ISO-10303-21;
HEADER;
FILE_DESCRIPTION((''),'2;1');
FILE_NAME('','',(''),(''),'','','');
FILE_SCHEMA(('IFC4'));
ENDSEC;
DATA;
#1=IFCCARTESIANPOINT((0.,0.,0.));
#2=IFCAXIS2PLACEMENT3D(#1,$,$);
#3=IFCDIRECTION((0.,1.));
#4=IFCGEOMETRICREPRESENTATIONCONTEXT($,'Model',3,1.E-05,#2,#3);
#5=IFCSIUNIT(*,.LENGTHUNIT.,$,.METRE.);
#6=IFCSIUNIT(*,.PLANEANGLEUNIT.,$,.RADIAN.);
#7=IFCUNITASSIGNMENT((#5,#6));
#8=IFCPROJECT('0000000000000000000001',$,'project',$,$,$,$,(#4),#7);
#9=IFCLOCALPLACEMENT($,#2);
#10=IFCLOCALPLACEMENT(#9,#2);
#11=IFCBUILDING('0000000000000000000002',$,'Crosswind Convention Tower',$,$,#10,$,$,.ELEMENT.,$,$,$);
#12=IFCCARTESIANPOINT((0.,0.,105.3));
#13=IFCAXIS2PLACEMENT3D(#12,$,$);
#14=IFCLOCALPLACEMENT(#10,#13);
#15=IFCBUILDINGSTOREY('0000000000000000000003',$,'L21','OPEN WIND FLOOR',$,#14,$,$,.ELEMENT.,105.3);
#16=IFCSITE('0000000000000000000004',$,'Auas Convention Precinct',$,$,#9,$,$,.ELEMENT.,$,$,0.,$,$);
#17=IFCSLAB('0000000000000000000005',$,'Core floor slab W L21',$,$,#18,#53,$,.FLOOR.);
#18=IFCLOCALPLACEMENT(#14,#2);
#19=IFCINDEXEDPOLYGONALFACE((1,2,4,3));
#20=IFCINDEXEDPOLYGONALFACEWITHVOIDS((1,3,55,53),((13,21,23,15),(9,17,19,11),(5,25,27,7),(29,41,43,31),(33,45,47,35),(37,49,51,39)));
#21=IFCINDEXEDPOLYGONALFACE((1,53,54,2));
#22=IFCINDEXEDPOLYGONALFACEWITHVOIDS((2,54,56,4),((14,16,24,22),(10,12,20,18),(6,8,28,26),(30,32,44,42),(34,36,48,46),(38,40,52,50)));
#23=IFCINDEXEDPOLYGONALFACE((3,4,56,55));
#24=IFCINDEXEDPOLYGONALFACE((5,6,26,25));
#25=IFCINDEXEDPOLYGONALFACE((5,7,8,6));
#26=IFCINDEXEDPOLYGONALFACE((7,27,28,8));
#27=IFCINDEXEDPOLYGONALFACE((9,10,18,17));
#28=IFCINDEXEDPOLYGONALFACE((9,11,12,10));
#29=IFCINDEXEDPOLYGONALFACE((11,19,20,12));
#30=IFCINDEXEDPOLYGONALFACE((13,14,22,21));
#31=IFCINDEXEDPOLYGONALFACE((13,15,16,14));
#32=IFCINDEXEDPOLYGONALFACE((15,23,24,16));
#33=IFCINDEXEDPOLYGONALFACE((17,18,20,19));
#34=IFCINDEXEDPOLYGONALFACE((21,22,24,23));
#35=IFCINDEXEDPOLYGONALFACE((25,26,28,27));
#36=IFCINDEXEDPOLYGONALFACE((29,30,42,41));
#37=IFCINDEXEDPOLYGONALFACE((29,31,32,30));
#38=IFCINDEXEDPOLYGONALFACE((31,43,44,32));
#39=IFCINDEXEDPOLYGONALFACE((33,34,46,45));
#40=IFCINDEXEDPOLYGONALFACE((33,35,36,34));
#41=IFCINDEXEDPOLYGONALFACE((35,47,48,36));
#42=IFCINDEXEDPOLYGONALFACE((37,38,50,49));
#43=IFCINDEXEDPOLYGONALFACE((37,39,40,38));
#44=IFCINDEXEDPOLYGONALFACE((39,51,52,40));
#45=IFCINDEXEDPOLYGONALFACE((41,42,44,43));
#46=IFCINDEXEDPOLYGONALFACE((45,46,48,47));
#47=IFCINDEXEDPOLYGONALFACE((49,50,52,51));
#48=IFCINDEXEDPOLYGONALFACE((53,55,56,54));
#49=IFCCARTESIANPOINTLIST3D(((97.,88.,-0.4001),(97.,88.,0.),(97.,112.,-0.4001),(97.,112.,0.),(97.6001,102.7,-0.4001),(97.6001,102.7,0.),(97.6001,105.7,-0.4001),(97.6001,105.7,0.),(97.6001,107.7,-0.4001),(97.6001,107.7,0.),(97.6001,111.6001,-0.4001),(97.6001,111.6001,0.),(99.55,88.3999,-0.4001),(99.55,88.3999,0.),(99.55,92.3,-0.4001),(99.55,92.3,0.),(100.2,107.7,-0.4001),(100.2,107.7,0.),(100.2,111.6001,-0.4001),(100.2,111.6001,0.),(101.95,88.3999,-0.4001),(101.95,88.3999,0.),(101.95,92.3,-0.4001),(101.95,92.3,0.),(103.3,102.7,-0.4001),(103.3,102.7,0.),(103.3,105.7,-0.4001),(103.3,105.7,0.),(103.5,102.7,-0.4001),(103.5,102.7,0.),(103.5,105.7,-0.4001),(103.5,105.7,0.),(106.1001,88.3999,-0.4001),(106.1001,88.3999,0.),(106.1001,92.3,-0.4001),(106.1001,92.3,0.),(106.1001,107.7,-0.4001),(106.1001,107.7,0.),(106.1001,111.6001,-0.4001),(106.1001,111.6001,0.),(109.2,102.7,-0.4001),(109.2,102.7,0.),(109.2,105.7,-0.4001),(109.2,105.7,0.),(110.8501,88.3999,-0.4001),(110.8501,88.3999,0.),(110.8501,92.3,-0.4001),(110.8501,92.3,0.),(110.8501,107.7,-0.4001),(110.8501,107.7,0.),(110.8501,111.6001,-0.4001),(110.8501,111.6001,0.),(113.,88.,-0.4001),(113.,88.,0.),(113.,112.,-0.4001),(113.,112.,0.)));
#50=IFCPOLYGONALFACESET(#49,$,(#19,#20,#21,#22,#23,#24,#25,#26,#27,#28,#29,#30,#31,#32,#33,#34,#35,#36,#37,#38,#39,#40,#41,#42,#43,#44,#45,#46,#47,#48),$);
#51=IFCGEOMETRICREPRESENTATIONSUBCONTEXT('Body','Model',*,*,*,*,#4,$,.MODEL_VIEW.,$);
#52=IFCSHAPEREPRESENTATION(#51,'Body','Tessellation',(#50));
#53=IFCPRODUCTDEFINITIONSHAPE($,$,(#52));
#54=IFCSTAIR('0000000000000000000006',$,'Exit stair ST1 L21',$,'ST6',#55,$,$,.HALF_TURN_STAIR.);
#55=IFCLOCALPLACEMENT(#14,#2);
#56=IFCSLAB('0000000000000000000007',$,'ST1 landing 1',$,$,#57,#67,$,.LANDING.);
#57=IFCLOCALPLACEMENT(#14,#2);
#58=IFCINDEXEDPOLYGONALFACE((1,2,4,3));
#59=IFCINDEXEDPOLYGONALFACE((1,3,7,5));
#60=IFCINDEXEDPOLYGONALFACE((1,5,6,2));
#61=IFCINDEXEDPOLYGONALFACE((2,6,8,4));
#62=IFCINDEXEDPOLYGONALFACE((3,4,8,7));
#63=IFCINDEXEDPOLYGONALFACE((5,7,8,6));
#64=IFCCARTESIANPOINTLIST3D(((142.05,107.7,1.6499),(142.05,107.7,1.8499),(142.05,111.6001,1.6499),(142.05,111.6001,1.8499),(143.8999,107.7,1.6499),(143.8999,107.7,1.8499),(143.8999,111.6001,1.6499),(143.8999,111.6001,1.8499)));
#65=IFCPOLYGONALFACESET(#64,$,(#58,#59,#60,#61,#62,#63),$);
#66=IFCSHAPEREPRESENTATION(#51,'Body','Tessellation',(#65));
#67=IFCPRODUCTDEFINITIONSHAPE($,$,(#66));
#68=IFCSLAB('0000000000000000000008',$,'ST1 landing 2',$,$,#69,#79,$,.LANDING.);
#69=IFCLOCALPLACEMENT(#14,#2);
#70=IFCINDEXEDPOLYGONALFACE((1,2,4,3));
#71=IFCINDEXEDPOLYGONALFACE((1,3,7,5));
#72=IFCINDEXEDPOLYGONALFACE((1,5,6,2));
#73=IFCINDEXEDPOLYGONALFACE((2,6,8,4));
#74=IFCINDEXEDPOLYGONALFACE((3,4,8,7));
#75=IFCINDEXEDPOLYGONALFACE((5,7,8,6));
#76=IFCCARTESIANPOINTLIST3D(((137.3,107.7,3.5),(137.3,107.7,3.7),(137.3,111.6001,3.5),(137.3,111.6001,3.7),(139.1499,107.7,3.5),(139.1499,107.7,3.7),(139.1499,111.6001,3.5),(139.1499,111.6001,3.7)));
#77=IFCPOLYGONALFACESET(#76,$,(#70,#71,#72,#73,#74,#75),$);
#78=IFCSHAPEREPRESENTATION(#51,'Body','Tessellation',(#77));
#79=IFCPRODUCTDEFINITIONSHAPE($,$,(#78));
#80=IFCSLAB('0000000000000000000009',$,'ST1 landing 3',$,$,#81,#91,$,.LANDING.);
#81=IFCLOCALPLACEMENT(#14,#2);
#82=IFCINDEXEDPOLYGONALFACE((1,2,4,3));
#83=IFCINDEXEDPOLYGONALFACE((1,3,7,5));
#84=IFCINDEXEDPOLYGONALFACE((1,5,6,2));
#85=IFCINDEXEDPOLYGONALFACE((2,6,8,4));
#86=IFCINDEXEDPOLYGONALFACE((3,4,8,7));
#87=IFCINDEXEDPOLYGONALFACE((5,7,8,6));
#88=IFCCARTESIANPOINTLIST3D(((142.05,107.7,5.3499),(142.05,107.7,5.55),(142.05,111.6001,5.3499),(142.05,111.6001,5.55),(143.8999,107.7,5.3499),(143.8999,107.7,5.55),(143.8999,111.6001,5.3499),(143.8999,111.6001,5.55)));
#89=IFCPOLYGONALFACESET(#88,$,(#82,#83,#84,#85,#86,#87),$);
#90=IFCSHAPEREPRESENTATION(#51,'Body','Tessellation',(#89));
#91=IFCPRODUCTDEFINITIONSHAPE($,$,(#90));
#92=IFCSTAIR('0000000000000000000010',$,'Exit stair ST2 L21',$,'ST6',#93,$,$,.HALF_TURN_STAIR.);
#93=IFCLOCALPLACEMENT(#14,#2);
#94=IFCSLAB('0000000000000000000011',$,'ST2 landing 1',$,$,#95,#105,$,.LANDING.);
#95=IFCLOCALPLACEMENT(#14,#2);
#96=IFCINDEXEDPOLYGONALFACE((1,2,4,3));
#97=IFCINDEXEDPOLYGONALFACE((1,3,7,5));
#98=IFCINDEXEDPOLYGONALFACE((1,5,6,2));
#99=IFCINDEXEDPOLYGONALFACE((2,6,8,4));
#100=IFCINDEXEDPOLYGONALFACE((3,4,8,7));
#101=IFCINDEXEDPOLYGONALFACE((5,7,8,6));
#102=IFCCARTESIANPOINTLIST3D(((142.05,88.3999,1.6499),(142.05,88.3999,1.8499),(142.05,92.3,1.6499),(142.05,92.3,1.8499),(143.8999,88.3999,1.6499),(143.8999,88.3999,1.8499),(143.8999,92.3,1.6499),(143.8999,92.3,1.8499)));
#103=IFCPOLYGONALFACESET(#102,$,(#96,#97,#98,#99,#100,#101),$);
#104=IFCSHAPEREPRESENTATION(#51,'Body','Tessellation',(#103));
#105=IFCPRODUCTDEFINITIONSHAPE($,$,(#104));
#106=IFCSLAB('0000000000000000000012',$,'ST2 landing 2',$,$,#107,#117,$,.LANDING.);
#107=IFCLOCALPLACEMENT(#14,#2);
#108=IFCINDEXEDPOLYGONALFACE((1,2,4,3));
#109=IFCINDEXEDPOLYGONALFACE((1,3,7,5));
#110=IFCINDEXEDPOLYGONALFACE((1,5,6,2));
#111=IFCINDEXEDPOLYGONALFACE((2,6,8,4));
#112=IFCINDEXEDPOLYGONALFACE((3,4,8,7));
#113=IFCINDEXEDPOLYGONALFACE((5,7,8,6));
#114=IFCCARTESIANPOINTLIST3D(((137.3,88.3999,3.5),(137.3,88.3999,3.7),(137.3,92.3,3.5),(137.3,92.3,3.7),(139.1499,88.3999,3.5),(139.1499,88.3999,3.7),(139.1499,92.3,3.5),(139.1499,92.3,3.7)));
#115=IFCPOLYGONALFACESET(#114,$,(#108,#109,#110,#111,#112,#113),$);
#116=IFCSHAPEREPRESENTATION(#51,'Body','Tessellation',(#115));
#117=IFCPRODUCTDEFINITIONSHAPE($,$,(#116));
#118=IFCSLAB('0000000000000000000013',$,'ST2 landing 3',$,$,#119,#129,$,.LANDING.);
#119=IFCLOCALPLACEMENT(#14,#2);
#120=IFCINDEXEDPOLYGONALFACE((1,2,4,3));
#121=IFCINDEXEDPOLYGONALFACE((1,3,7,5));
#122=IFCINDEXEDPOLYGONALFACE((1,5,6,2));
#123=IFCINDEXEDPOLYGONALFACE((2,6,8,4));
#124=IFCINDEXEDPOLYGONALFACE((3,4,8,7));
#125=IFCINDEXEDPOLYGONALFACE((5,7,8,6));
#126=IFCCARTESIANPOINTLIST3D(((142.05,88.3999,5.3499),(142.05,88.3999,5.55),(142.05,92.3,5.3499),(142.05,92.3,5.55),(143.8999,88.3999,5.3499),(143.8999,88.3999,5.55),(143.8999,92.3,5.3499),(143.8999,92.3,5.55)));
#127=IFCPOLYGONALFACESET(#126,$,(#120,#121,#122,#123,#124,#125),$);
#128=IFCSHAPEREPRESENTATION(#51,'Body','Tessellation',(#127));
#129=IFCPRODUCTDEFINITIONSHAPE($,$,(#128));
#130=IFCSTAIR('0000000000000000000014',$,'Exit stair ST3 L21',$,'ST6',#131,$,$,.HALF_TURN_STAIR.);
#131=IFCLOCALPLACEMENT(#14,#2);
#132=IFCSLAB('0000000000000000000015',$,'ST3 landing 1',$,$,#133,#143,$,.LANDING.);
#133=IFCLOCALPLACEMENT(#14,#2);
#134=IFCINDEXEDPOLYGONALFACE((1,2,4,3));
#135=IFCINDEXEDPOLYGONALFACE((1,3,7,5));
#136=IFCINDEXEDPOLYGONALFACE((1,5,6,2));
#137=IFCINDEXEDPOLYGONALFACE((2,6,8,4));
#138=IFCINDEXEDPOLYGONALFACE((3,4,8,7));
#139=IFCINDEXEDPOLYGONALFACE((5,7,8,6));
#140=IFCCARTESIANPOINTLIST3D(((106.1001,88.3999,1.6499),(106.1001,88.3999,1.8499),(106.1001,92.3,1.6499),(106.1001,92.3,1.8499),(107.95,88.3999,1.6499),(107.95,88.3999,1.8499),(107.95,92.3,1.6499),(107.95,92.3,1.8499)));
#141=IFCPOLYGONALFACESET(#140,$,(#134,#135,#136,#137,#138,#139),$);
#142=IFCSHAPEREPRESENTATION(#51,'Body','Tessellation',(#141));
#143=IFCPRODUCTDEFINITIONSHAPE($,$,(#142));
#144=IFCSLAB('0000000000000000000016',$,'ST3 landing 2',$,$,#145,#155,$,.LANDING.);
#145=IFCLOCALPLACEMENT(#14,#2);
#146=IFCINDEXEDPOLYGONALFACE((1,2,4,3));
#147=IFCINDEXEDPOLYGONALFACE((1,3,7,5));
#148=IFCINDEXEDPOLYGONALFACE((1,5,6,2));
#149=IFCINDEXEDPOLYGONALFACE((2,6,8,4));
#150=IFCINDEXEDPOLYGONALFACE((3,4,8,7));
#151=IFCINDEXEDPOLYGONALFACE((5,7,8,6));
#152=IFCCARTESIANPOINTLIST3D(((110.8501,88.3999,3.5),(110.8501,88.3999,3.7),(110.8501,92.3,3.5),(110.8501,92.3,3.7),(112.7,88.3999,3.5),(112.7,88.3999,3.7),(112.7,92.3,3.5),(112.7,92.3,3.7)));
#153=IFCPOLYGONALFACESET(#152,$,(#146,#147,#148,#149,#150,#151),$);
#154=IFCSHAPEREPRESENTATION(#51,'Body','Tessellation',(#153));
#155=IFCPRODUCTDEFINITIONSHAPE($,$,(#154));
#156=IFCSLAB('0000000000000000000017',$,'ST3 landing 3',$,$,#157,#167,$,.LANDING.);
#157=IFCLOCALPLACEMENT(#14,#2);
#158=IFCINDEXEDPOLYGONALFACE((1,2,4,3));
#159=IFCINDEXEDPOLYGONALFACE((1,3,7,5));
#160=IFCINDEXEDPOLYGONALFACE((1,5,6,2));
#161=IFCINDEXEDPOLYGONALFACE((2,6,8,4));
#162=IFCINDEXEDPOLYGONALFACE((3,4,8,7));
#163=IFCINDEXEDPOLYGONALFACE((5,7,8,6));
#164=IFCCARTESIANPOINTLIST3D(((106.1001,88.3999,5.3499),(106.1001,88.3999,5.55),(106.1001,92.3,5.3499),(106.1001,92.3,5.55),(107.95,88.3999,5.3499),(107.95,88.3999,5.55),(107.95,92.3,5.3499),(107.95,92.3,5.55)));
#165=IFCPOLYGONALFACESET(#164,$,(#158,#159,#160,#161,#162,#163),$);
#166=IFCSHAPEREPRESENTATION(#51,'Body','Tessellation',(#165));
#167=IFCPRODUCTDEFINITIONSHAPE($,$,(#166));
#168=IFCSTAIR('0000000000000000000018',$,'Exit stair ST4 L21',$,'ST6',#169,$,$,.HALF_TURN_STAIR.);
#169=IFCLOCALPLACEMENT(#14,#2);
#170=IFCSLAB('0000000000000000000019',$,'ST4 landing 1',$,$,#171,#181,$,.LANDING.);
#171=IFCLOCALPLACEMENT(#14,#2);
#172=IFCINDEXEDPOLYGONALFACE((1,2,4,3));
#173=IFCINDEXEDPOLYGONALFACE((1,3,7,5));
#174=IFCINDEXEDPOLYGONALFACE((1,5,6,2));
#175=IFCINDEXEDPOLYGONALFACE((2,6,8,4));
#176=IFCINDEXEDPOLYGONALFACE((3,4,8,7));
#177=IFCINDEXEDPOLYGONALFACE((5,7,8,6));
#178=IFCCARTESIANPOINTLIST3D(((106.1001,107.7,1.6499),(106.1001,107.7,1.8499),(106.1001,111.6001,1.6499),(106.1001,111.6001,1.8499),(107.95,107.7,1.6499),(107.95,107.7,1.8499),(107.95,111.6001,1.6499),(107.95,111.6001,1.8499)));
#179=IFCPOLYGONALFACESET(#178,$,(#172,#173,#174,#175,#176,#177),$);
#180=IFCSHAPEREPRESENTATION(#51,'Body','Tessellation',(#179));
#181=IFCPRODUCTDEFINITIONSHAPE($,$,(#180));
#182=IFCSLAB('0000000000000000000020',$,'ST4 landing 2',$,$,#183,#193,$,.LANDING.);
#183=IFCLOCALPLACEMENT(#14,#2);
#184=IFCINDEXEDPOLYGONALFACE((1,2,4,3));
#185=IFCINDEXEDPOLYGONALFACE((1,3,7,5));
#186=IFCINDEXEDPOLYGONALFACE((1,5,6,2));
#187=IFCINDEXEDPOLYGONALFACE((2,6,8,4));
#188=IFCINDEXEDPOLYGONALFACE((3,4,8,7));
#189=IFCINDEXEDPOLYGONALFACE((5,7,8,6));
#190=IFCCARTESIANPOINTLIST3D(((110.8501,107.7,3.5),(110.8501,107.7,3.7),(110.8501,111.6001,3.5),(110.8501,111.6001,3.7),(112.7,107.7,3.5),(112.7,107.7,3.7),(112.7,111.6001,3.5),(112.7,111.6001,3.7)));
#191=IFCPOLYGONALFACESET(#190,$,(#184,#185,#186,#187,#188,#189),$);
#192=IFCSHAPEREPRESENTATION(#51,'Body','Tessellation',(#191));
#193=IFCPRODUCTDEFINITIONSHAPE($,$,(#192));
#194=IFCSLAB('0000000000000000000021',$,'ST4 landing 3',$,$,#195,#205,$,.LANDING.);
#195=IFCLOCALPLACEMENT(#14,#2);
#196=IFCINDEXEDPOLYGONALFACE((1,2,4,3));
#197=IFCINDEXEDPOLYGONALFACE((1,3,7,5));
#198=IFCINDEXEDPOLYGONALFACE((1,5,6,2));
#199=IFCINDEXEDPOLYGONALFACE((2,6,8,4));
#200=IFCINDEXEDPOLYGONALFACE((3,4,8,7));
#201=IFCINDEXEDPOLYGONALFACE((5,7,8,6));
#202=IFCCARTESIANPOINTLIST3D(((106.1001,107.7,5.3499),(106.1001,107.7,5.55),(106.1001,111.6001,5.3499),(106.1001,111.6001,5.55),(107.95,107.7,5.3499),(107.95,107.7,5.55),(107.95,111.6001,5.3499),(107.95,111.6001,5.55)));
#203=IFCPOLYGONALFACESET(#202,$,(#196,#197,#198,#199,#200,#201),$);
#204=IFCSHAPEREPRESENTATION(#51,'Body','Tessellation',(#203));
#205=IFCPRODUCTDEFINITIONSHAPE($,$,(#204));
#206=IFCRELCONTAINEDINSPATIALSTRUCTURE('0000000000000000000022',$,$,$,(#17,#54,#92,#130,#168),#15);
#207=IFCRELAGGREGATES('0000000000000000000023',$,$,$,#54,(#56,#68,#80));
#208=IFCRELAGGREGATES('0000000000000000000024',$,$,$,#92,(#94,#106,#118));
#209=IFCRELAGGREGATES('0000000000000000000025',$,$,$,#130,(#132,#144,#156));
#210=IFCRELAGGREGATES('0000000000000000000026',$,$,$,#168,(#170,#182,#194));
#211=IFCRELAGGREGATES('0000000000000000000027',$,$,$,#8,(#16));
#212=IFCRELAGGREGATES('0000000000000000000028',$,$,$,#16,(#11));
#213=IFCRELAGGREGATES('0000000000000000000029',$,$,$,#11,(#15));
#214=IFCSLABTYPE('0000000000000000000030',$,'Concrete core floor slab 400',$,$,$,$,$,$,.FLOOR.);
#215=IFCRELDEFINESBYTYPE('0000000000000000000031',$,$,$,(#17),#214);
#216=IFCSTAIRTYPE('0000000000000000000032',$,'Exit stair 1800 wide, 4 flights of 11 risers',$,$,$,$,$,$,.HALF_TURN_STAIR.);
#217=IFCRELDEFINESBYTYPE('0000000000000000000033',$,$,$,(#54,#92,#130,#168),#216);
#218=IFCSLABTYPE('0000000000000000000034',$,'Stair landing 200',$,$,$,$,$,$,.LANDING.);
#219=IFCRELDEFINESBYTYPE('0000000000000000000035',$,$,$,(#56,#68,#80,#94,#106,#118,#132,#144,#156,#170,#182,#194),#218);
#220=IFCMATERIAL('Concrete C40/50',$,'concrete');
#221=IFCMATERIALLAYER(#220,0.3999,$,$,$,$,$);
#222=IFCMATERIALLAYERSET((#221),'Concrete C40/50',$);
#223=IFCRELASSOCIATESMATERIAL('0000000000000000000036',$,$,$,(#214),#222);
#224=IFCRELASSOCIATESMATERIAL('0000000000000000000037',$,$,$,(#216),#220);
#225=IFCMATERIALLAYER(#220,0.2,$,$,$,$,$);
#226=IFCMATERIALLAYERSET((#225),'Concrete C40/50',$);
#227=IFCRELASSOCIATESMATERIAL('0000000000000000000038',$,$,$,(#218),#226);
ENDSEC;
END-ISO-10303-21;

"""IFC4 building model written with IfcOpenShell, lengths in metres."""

from ifc_helpers import new_model, si_unit, direction, frame, origin, place, context, subcontext, project, spatial, polyline, outline, extrude, material, layer, layer_set, type_object, element, aggregate, save


model = new_model("IFC4")

# Units and contexts
model_context = context("Model", 3, precision=1e-05, world=origin(), true_north=direction((0.0, 1.0)))
body_context = subcontext(model_context, "Body", "Model", "MODEL_VIEW")
ifc_project = project(units=[si_unit("LENGTHUNIT", "METRE"), si_unit("PLANEANGLEUNIT", "RADIAN")], contexts=[model_context])

# Site, building, storey
site_placement = place(None, origin())
site = spatial("IfcSite", under=ifc_project, at=site_placement, Name="Auas Convention Precinct", CompositionType="ELEMENT", RefElevation=0.0)
building_placement = place(site_placement, origin())
building = spatial("IfcBuilding", under=site, at=building_placement, Name="Crosswind Convention Tower", CompositionType="ELEMENT")
storey_placement = place(building_placement, frame((0.0, 0.0, 105.3)))
storey = spatial("IfcBuildingStorey", under=building, at=storey_placement, Name="L21", Description="OPEN WIND FLOOR", CompositionType="ELEMENT", Elevation=105.3)

# Slab
ifc_material_1 = material(Name="Concrete C40/50", Category="concrete")
ifc_layer_1 = layer(ifc_material_1, 0.3999)
ifc_layer_set_1 = layer_set([ifc_layer_1], Name="Concrete C40/50")
slab_type_1 = type_object("IfcSlabType", Name="Concrete core floor slab 400", PredefinedType="FLOOR", material=ifc_layer_set_1)
slab_1_placement = place(storey_placement, frame((0.0, 0.0, -0.4001)))
element("IfcSlab", 1, at=slab_1_placement, inside=storey, type_object=slab_type_1, Name="Core floor slab W L21", PredefinedType="FLOOR", context=body_context, shape_type="SweptSolid", body=[
    extrude(outline(polyline([(97.0, 88.0), (113.0, 88.0), (113.0, 112.0), (97.0, 112.0), (97.0, 88.0)]), holes=[polyline([(109.2, 102.7), (109.2, 105.7), (103.5, 105.7), (103.5, 102.7), (109.2, 102.7)]), polyline([(103.3, 102.7), (103.3, 105.7), (97.6001, 105.7), (97.6001, 102.7), (103.3, 102.7)]), polyline([(101.95, 88.3999), (101.95, 92.3), (99.55, 92.3), (99.55, 88.3999), (101.95, 88.3999)]), polyline([(100.2, 107.7), (100.2, 111.6001), (97.6001, 111.6001), (97.6001, 107.7), (100.2, 107.7)]), polyline([(110.8501, 88.3999), (110.8501, 92.3), (106.1001, 92.3), (106.1001, 88.3999), (110.8501, 88.3999)]), polyline([(110.8501, 107.7), (110.8501, 111.6001), (106.1001, 111.6001), (106.1001, 107.7), (110.8501, 107.7)])]), origin(), (0.0, 0.0, 1.0), 0.4001),
])

# Stairs, slabs
stair_type = type_object("IfcStairType", Name="Exit stair 1800 wide, 4 flights of 11 risers", PredefinedType="HALF_TURN_STAIR", material=ifc_material_1)
stair_1_placement = place(storey_placement, origin())
stair_1 = element("IfcStair", 2, at=stair_1_placement, inside=storey, type_object=stair_type, Name="Exit stair ST1 L21", ObjectType="ST6", PredefinedType="HALF_TURN_STAIR")
ifc_layer_2 = layer(ifc_material_1, 0.2)
ifc_layer_set_2 = layer_set([ifc_layer_2], Name="Concrete C40/50")
slab_type_2 = type_object("IfcSlabType", Name="Stair landing 200", PredefinedType="LANDING", material=ifc_layer_set_2)
slab_2_placement = place(storey_placement, frame((0.0, 0.0, 1.6499)))
slab_2 = element("IfcSlab", 3, at=slab_2_placement, type_object=slab_type_2, Name="ST1 landing 1", PredefinedType="LANDING", context=body_context, shape_type="SweptSolid", body=[
    extrude(outline(polyline([(143.8999, 107.7), (143.8999, 111.6001), (142.05, 111.6001), (142.05, 107.7), (143.8999, 107.7)])), origin(), (0.0, 0.0, 1.0), 0.2),
])
slab_3_placement = place(storey_placement, frame((0.0, 0.0, 3.5)))
slab_3 = element("IfcSlab", 4, at=slab_3_placement, type_object=slab_type_2, Name="ST1 landing 2", PredefinedType="LANDING", context=body_context, shape_type="SweptSolid", body=[
    extrude(outline(polyline([(139.1499, 107.7), (139.1499, 111.6001), (137.3, 111.6001), (137.3, 107.7), (139.1499, 107.7)])), origin(), (0.0, 0.0, 1.0), 0.2),
])
slab_4_placement = place(storey_placement, frame((0.0, 0.0, 5.3499)))
slab_4 = element("IfcSlab", 5, at=slab_4_placement, type_object=slab_type_2, Name="ST1 landing 3", PredefinedType="LANDING", context=body_context, shape_type="SweptSolid", body=[
    extrude(outline(polyline([(143.8999, 107.7), (143.8999, 111.6001), (142.05, 111.6001), (142.05, 107.7), (143.8999, 107.7)])), origin(), (0.0, 0.0, 1.0), 0.2002),
])
aggregate(stair_1, [slab_2, slab_3, slab_4])
stair_2_placement = place(storey_placement, origin())
stair_2 = element("IfcStair", 6, at=stair_2_placement, inside=storey, type_object=stair_type, Name="Exit stair ST2 L21", ObjectType="ST6", PredefinedType="HALF_TURN_STAIR")
slab_5_placement = place(storey_placement, frame((0.0, 0.0, 1.6499)))
slab_5 = element("IfcSlab", 7, at=slab_5_placement, type_object=slab_type_2, Name="ST2 landing 1", PredefinedType="LANDING", context=body_context, shape_type="SweptSolid", body=[
    extrude(outline(polyline([(143.8999, 88.3999), (143.8999, 92.3), (142.05, 92.3), (142.05, 88.3999), (143.8999, 88.3999)])), origin(), (0.0, 0.0, 1.0), 0.2),
])
slab_6_placement = place(storey_placement, frame((0.0, 0.0, 3.5)))
slab_6 = element("IfcSlab", 8, at=slab_6_placement, type_object=slab_type_2, Name="ST2 landing 2", PredefinedType="LANDING", context=body_context, shape_type="SweptSolid", body=[
    extrude(outline(polyline([(139.1499, 88.3999), (139.1499, 92.3), (137.3, 92.3), (137.3, 88.3999), (139.1499, 88.3999)])), origin(), (0.0, 0.0, 1.0), 0.2),
])
slab_7_placement = place(storey_placement, frame((0.0, 0.0, 5.3499)))
slab_7 = element("IfcSlab", 9, at=slab_7_placement, type_object=slab_type_2, Name="ST2 landing 3", PredefinedType="LANDING", context=body_context, shape_type="SweptSolid", body=[
    extrude(outline(polyline([(143.8999, 88.3999), (143.8999, 92.3), (142.05, 92.3), (142.05, 88.3999), (143.8999, 88.3999)])), origin(), (0.0, 0.0, 1.0), 0.2002),
])
aggregate(stair_2, [slab_5, slab_6, slab_7])
stair_3_placement = place(storey_placement, origin())
stair_3 = element("IfcStair", 10, at=stair_3_placement, inside=storey, type_object=stair_type, Name="Exit stair ST3 L21", ObjectType="ST6", PredefinedType="HALF_TURN_STAIR")
slab_8_placement = place(storey_placement, frame((0.0, 0.0, 1.6499)))
slab_8 = element("IfcSlab", 11, at=slab_8_placement, type_object=slab_type_2, Name="ST3 landing 1", PredefinedType="LANDING", context=body_context, shape_type="SweptSolid", body=[
    extrude(outline(polyline([(107.95, 88.3999), (107.95, 92.3), (106.1001, 92.3), (106.1001, 88.3999), (107.95, 88.3999)])), origin(), (0.0, 0.0, 1.0), 0.2),
])
slab_9_placement = place(storey_placement, frame((0.0, 0.0, 3.5)))
slab_9 = element("IfcSlab", 12, at=slab_9_placement, type_object=slab_type_2, Name="ST3 landing 2", PredefinedType="LANDING", context=body_context, shape_type="SweptSolid", body=[
    extrude(outline(polyline([(112.7, 88.3999), (112.7, 92.3), (110.8501, 92.3), (110.8501, 88.3999), (112.7, 88.3999)])), origin(), (0.0, 0.0, 1.0), 0.2),
])
slab_10_placement = place(storey_placement, frame((0.0, 0.0, 5.3499)))
slab_10 = element("IfcSlab", 13, at=slab_10_placement, type_object=slab_type_2, Name="ST3 landing 3", PredefinedType="LANDING", context=body_context, shape_type="SweptSolid", body=[
    extrude(outline(polyline([(107.95, 88.3999), (107.95, 92.3), (106.1001, 92.3), (106.1001, 88.3999), (107.95, 88.3999)])), origin(), (0.0, 0.0, 1.0), 0.2002),
])
aggregate(stair_3, [slab_8, slab_9, slab_10])
stair_4_placement = place(storey_placement, origin())
stair_4 = element("IfcStair", 14, at=stair_4_placement, inside=storey, type_object=stair_type, Name="Exit stair ST4 L21", ObjectType="ST6", PredefinedType="HALF_TURN_STAIR")
slab_11_placement = place(storey_placement, frame((0.0, 0.0, 1.6499)))
slab_11 = element("IfcSlab", 15, at=slab_11_placement, type_object=slab_type_2, Name="ST4 landing 1", PredefinedType="LANDING", context=body_context, shape_type="SweptSolid", body=[
    extrude(outline(polyline([(107.95, 107.7), (107.95, 111.6001), (106.1001, 111.6001), (106.1001, 107.7), (107.95, 107.7)])), origin(), (0.0, 0.0, 1.0), 0.2),
])
slab_12_placement = place(storey_placement, frame((0.0, 0.0, 3.5)))
slab_12 = element("IfcSlab", 16, at=slab_12_placement, type_object=slab_type_2, Name="ST4 landing 2", PredefinedType="LANDING", context=body_context, shape_type="SweptSolid", body=[
    extrude(outline(polyline([(112.7, 107.7), (112.7, 111.6001), (110.8501, 111.6001), (110.8501, 107.7), (112.7, 107.7)])), origin(), (0.0, 0.0, 1.0), 0.2),
])
slab_13_placement = place(storey_placement, frame((0.0, 0.0, 5.3499)))
slab_13 = element("IfcSlab", 17, at=slab_13_placement, type_object=slab_type_2, Name="ST4 landing 3", PredefinedType="LANDING", context=body_context, shape_type="SweptSolid", body=[
    extrude(outline(polyline([(107.95, 107.7), (107.95, 111.6001), (106.1001, 111.6001), (106.1001, 107.7), (107.95, 107.7)])), origin(), (0.0, 0.0, 1.0), 0.2002),
])
aggregate(stair_4, [slab_11, slab_12, slab_13])

save(model, "model.ifc")
